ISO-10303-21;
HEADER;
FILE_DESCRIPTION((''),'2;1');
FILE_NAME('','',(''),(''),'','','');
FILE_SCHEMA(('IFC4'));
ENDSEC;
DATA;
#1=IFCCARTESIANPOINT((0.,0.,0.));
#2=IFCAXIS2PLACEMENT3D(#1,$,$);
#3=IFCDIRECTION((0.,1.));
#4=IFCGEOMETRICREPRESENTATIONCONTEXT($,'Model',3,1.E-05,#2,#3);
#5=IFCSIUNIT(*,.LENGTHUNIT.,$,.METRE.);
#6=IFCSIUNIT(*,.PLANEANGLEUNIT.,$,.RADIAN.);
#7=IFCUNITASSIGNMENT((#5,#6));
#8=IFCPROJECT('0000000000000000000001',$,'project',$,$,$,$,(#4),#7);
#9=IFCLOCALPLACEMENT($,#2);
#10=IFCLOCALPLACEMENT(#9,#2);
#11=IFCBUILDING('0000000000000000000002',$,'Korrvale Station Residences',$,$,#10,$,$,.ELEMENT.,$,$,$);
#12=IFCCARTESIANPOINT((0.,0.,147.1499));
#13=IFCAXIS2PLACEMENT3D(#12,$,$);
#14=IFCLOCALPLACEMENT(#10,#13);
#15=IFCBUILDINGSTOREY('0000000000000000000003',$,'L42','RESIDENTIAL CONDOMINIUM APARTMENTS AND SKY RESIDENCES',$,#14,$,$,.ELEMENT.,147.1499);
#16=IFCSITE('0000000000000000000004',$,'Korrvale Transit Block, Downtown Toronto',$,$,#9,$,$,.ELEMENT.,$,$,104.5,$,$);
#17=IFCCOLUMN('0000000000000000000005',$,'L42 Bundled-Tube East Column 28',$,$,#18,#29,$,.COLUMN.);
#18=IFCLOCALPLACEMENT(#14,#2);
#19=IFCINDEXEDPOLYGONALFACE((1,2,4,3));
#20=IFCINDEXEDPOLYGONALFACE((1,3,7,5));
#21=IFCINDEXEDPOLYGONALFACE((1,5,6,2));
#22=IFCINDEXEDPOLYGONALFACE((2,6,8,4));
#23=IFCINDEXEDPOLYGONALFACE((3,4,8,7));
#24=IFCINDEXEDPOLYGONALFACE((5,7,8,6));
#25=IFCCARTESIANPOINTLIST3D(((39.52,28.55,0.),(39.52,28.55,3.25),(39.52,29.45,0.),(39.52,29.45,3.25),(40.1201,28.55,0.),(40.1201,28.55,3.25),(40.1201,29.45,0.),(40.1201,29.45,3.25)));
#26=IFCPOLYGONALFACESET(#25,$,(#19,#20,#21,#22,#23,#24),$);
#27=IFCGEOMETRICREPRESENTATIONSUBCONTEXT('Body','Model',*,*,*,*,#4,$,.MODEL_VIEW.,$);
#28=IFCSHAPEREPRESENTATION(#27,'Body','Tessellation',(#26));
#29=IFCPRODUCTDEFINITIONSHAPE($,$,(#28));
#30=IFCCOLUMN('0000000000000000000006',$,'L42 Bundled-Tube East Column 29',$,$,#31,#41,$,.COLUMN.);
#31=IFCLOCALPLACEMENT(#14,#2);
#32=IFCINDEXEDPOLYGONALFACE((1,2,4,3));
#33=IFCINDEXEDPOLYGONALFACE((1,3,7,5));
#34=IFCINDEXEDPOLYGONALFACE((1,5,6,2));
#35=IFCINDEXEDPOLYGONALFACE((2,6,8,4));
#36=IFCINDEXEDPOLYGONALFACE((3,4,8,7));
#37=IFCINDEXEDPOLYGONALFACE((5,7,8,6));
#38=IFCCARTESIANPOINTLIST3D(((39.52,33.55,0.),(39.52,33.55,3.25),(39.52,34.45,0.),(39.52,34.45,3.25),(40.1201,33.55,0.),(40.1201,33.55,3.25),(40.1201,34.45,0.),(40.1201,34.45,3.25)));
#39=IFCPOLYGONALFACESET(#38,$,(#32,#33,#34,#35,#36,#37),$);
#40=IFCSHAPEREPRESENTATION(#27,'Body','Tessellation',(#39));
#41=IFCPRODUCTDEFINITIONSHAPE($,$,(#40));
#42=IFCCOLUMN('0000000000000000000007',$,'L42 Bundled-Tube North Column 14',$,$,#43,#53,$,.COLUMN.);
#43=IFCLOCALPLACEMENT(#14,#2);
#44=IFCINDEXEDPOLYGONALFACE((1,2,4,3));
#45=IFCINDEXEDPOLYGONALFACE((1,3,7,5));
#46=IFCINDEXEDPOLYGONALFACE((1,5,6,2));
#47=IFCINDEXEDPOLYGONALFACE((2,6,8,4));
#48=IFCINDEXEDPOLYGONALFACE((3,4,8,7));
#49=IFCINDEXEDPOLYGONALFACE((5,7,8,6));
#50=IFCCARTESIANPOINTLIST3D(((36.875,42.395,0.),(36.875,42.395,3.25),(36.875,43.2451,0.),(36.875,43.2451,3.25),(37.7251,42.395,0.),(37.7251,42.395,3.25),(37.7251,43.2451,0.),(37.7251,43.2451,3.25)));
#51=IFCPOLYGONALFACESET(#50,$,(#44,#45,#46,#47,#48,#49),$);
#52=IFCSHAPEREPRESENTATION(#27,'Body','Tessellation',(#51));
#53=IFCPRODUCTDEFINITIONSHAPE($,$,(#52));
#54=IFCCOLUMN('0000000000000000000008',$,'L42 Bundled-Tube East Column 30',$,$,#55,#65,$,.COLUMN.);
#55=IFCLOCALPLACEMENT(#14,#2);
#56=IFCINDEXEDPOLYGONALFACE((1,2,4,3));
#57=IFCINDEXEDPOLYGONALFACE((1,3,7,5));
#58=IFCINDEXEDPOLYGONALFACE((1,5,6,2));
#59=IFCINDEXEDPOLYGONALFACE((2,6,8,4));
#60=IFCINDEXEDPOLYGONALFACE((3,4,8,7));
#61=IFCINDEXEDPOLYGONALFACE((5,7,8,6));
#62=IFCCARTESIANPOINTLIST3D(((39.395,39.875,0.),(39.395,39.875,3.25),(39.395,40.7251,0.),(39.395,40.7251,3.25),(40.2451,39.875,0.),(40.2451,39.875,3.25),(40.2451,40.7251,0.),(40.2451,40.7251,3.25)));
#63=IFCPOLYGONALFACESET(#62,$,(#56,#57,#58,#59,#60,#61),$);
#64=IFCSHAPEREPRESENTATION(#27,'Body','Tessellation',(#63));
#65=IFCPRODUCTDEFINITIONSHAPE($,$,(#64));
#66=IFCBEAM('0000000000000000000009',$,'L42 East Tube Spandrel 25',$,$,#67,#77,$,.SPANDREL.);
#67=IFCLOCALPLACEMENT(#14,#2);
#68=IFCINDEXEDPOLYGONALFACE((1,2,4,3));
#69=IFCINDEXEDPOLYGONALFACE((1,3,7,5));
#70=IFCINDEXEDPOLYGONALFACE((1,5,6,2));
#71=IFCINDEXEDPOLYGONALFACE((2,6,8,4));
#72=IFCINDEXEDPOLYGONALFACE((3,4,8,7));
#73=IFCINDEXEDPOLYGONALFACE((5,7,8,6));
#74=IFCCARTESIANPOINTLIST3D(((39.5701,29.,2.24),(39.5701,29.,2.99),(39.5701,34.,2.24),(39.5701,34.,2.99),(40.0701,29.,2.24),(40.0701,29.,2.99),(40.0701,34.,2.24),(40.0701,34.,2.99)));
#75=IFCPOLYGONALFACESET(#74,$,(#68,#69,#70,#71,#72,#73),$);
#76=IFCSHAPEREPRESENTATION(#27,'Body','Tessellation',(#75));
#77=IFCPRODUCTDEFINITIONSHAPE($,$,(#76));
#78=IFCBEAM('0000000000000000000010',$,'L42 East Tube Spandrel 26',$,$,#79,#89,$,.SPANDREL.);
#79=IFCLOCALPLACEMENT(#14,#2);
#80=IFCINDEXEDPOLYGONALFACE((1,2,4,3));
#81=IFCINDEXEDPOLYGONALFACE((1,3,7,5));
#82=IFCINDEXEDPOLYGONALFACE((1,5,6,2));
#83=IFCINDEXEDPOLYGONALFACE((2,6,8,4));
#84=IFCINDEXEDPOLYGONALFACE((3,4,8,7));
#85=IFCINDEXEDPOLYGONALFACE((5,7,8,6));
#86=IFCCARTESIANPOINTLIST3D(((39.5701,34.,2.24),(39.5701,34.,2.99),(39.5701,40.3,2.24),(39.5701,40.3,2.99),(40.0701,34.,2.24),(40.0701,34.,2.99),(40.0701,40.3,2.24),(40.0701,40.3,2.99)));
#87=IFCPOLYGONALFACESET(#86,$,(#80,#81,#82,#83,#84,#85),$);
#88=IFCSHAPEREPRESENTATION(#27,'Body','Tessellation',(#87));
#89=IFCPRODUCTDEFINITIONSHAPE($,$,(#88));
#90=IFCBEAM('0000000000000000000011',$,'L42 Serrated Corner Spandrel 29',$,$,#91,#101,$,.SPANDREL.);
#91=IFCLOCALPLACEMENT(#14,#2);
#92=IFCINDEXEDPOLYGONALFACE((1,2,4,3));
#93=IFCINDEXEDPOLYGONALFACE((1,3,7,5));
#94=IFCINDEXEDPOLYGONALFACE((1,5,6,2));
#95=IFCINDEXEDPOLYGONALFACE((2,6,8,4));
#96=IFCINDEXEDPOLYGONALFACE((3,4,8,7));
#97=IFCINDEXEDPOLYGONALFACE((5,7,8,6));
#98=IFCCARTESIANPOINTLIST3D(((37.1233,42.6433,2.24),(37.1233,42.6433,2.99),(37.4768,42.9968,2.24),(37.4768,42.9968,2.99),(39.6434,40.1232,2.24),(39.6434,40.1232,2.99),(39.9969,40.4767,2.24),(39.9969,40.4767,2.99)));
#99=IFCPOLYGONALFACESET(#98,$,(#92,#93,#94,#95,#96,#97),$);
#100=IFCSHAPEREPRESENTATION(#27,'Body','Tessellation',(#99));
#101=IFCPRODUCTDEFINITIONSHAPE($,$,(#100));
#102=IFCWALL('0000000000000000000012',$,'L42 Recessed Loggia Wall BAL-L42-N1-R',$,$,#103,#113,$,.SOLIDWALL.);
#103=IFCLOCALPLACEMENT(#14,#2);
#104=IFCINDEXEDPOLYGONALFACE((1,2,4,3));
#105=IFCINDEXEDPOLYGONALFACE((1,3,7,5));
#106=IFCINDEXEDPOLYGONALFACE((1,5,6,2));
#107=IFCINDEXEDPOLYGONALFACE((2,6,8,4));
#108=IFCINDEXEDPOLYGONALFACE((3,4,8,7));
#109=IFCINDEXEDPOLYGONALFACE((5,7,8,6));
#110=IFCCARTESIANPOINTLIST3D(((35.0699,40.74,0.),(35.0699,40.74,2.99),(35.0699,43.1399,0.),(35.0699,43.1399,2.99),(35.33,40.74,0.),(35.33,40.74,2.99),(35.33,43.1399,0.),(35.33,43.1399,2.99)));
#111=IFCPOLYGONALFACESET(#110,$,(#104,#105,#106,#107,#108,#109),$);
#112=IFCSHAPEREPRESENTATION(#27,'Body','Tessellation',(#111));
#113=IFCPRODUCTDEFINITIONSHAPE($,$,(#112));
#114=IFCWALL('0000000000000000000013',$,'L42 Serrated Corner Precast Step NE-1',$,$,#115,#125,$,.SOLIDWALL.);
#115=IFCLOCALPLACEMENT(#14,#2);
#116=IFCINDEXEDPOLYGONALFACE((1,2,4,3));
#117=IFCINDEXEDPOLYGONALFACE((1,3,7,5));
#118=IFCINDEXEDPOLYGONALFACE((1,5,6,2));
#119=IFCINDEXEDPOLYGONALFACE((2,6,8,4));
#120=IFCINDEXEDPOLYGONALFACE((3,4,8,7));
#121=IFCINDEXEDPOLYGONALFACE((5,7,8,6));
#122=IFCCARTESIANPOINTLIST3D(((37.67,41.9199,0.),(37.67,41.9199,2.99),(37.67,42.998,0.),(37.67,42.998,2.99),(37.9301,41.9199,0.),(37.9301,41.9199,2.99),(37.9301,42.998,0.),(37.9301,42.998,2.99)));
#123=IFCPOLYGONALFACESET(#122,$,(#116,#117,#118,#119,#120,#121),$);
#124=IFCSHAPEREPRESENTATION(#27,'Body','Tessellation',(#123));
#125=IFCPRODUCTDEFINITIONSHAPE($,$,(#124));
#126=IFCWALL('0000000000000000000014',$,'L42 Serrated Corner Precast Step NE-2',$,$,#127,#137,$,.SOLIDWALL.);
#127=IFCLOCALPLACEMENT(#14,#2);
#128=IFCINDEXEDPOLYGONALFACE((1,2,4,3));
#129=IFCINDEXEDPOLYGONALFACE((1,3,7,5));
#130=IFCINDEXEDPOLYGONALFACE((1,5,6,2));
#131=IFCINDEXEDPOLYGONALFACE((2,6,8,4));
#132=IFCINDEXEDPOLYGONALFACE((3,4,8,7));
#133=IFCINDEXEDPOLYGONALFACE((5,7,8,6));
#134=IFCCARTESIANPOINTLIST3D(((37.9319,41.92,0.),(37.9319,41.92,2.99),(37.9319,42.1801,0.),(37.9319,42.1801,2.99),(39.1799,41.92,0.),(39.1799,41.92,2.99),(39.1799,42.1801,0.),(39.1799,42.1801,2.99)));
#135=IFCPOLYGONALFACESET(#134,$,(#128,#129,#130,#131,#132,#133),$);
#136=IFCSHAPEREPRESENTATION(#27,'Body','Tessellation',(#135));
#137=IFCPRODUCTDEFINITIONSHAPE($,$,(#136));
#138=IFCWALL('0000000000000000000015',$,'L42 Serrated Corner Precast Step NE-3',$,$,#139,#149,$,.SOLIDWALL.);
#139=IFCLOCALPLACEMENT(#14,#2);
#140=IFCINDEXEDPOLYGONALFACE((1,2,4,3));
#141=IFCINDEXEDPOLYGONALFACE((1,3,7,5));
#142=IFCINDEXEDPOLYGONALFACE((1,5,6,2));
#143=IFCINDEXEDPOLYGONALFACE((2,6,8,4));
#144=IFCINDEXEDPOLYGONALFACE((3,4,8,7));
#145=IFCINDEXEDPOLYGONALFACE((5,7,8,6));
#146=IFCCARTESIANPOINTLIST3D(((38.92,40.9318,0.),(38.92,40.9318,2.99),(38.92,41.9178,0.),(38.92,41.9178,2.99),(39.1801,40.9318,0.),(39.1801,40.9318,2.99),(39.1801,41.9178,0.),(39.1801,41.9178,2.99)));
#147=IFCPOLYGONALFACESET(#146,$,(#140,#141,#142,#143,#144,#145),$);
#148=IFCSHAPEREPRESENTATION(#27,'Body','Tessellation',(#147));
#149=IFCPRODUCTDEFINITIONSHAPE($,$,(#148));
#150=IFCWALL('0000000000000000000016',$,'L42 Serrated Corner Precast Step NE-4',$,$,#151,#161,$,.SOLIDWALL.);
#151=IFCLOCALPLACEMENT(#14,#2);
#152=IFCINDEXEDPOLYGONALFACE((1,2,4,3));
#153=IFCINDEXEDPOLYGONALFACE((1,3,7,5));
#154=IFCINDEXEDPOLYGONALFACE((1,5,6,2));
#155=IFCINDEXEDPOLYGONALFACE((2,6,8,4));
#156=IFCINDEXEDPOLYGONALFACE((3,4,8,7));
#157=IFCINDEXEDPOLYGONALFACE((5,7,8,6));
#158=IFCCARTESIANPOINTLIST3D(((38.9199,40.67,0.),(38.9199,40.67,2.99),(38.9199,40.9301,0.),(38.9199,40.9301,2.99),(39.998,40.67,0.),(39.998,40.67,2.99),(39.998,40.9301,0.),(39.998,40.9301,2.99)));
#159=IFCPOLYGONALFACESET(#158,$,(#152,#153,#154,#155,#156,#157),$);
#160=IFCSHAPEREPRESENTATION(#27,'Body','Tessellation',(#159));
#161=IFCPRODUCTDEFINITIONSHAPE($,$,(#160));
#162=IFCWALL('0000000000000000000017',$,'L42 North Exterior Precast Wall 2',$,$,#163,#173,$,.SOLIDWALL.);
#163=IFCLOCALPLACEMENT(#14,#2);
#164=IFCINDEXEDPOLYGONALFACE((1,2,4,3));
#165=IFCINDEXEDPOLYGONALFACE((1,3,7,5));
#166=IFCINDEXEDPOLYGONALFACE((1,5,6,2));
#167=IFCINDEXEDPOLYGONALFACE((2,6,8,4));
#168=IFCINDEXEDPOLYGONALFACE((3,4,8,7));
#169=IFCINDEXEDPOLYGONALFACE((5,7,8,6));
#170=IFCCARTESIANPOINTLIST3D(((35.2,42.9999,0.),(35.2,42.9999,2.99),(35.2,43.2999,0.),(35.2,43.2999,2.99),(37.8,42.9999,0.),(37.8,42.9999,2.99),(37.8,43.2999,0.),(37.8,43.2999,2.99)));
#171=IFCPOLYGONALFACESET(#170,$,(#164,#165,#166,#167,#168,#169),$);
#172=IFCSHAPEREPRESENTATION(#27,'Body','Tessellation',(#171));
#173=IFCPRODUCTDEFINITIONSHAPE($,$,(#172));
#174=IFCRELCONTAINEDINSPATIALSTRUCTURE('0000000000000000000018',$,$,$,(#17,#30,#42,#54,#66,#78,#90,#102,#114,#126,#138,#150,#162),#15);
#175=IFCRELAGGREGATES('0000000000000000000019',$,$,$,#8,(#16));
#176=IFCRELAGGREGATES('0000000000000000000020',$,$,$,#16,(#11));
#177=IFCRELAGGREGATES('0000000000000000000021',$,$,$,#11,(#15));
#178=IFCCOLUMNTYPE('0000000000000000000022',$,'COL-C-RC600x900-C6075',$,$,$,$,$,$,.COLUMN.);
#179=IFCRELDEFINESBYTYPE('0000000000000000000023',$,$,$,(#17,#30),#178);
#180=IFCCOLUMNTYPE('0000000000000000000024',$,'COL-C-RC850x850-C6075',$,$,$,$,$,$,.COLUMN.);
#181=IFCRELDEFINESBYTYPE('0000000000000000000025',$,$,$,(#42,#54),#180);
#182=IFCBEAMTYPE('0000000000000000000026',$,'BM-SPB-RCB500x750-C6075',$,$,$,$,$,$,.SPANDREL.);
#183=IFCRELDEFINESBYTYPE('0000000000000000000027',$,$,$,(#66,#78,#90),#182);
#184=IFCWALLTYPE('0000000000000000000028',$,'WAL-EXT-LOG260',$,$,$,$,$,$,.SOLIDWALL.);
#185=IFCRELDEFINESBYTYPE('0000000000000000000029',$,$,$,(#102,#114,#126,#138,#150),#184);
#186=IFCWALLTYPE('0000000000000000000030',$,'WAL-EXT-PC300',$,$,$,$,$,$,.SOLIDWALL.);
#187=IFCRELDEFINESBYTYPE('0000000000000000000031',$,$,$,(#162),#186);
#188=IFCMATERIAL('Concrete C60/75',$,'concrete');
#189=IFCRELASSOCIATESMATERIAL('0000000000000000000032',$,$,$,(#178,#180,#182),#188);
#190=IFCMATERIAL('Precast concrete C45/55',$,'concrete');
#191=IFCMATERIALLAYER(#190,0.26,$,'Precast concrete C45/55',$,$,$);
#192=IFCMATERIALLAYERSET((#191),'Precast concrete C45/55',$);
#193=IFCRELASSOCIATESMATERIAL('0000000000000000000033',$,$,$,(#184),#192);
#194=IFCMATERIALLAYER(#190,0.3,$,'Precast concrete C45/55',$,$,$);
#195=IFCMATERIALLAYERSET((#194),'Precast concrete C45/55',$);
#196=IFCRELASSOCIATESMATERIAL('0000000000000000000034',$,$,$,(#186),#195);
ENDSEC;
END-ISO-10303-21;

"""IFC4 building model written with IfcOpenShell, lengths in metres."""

from ifc_helpers import new_model, si_unit, direction, frame, frame_2d, origin, origin_2d, place, context, subcontext, project, spatial, rectangle, extrude, material, layer, layer_set, material_profile, profile_set, type_object, element, save


model = new_model("IFC4")

# Units and contexts
model_context = context("Model", 3, precision=1e-05, world=origin(), true_north=direction((0.0, 1.0)))
body_context = subcontext(model_context, "Body", "Model", "MODEL_VIEW")
ifc_project = project(units=[si_unit("LENGTHUNIT", "METRE"), si_unit("PLANEANGLEUNIT", "RADIAN")], contexts=[model_context])

# Site, building, storey
site_placement = place(None, origin())
site = spatial("IfcSite", under=ifc_project, at=site_placement, Name="Korrvale Transit Block, Downtown Toronto", CompositionType="ELEMENT", RefElevation=104.5)
building_placement = place(site_placement, origin())
building = spatial("IfcBuilding", under=site, at=building_placement, Name="Korrvale Station Residences", CompositionType="ELEMENT")
storey_placement = place(building_placement, frame((0.0, 0.0, 147.1499)))
storey = spatial("IfcBuildingStorey", under=building, at=storey_placement, Name="L42", Description="RESIDENTIAL CONDOMINIUM APARTMENTS AND SKY RESIDENCES", CompositionType="ELEMENT", Elevation=147.1499)

# Columns
ifc_material_1 = material(Name="Concrete C60/75", Category="concrete")
ifc_material_profile_1 = material_profile(ifc_material_1, rectangle(XDim=0.6001, YDim=0.8999, at=origin_2d()), Name="RC600x900")
ifc_profile_set_1 = profile_set([ifc_material_profile_1], Name="Concrete C60/75")
column_type_1 = type_object("IfcColumnType", Name="COL-C-RC600x900-C6075", PredefinedType="COLUMN", material=ifc_profile_set_1)
for number, where, z_axis, x_axis, name in (
    (1, (39.8201, 29.0, 0.0), (0.0, 0.0, 1.0), (1.0, 0.0, 0.0), "L42 Bundled-Tube East Column 28"),
    (2, (39.8201, 34.0, 0.0), (0.0, 0.0, 1.0), (1.0, 0.0, 0.0), "L42 Bundled-Tube East Column 29"),
):
    element("IfcColumn", number, at=place(storey_placement, frame(where, z_axis=z_axis, x_axis=x_axis)), inside=storey, type_object=column_type_1, Name=name, PredefinedType="COLUMN", context=body_context, shape_type="SweptSolid", body=[
        extrude(rectangle(XDim=0.6001, YDim=0.8999, at=origin_2d()), origin(), (0.0, 0.0, 1.0), 3.25),
    ])
ifc_material_profile_2 = material_profile(ifc_material_1, rectangle(XDim=0.8501, YDim=0.8501, at=origin_2d()), Name="RC850x850")
ifc_profile_set_2 = profile_set([ifc_material_profile_2], Name="Concrete C60/75")
column_type_2 = type_object("IfcColumnType", Name="COL-C-RC850x850-C6075", PredefinedType="COLUMN", material=ifc_profile_set_2)
for number, where, z_axis, x_axis, name in (
    (3, (37.3, 42.8201, 0.0), (0.0, 0.0, 1.0), (1.0, 0.0, 0.0), "L42 Bundled-Tube North Column 14"),
    (4, (39.8201, 40.3, 0.0), (0.0, 0.0, 1.0), (1.0, 0.0, 0.0), "L42 Bundled-Tube East Column 30"),
):
    element("IfcColumn", number, at=place(storey_placement, frame(where, z_axis=z_axis, x_axis=x_axis)), inside=storey, type_object=column_type_2, Name=name, PredefinedType="COLUMN", context=body_context, shape_type="SweptSolid", body=[
        extrude(rectangle(XDim=0.8501, YDim=0.8501, at=origin_2d()), origin(), (0.0, 0.0, 1.0), 3.25),
    ])

# Beams
ifc_material_profile_3 = material_profile(ifc_material_1, rectangle(XDim=0.5, YDim=0.75, at=origin_2d()), Name="RCB500x750")
ifc_profile_set_3 = profile_set([ifc_material_profile_3], Name="Concrete C60/75")
beam_type = type_object("IfcBeamType", Name="BM-SPB-RCB500x750-C6075", PredefinedType="SPANDREL", material=ifc_profile_set_3)
beam_1_placement = place(storey_placement, frame((39.8201, 29.0, 2.615), z_axis=(0.0, 1.0, 0.0), x_axis=(-1.0, 0.0, 0.0)))
element("IfcBeam", 5, at=beam_1_placement, inside=storey, type_object=beam_type, Name="L42 East Tube Spandrel 25", PredefinedType="SPANDREL", context=body_context, shape_type="SweptSolid", body=[
    extrude(rectangle(XDim=0.5, YDim=0.75, at=origin_2d()), origin(), (0.0, 0.0, 1.0), 5.0),
])
beam_2_placement = place(storey_placement, frame((39.8201, 34.0, 2.615), z_axis=(0.0, 1.0, 0.0), x_axis=(-1.0, 0.0, 0.0)))
element("IfcBeam", 6, at=beam_2_placement, inside=storey, type_object=beam_type, Name="L42 East Tube Spandrel 26", PredefinedType="SPANDREL", context=body_context, shape_type="SweptSolid", body=[
    extrude(rectangle(XDim=0.5, YDim=0.75, at=origin_2d()), origin(), (0.0, 0.0, 1.0), 6.3),
])
beam_3_placement = place(storey_placement, frame((37.3, 42.8201, 2.615), z_axis=(0.707107, -0.707107, 0.0), x_axis=(0.707107, 0.707107, 0.0)))
element("IfcBeam", 7, at=beam_3_placement, inside=storey, type_object=beam_type, Name="L42 Serrated Corner Spandrel 29", PredefinedType="SPANDREL", context=body_context, shape_type="SweptSolid", body=[
    extrude(rectangle(XDim=0.5, YDim=0.75, at=origin_2d()), origin(), (0.0, 0.0, 1.0), 3.564),
])

# Walls
ifc_material_2 = material(Name="Precast concrete C45/55", Category="concrete")
ifc_layer_1 = layer(ifc_material_2, 0.26, Name="Precast concrete C45/55")
ifc_layer_set_1 = layer_set([ifc_layer_1], Name="Precast concrete C45/55")
wall_type_1 = type_object("IfcWallType", Name="WAL-EXT-LOG260", PredefinedType="SOLIDWALL", material=ifc_layer_set_1)
wall_1_placement = place(storey_placement, frame((35.2, 40.74, 0.0), z_axis=(0.0, 0.0, 1.0), x_axis=(0.0, 1.0, 0.0)))
element("IfcWall", 8, at=wall_1_placement, inside=storey, type_object=wall_type_1, Name="L42 Recessed Loggia Wall BAL-L42-N1-R", PredefinedType="SOLIDWALL", context=body_context, shape_type="SweptSolid", body=[
    extrude(rectangle(XDim=2.3999, YDim=0.26, at=frame_2d((1.2, 0.0))), origin(), (0.0, 0.0, 1.0), 2.99),
])
wall_2_placement = place(storey_placement, frame((37.8, 42.998, 0.0), z_axis=(0.0, 0.0, 1.0), x_axis=(0.0, -1.0, 0.0)))
element("IfcWall", 9, at=wall_2_placement, inside=storey, type_object=wall_type_1, Name="L42 Serrated Corner Precast Step NE-1", PredefinedType="SOLIDWALL", context=body_context, shape_type="SweptSolid", body=[
    extrude(rectangle(XDim=1.0781, YDim=0.26, at=frame_2d((0.5391, 0.0))), origin(), (0.0, 0.0, 1.0), 2.99),
])
wall_3_placement = place(storey_placement, frame((37.9319, 42.05, 0.0), z_axis=(0.0, 0.0, 1.0), x_axis=(1.0, 0.0, 0.0)))
element("IfcWall", 10, at=wall_3_placement, inside=storey, type_object=wall_type_1, Name="L42 Serrated Corner Precast Step NE-2", PredefinedType="SOLIDWALL", context=body_context, shape_type="SweptSolid", body=[
    extrude(rectangle(XDim=1.248, YDim=0.26, at=frame_2d((0.624, 0.0))), origin(), (0.0, 0.0, 1.0), 2.99),
])
wall_4_placement = place(storey_placement, frame((39.05, 41.918, 0.0), z_axis=(0.0, 0.0, 1.0), x_axis=(0.0, -1.0, 0.0)))
element("IfcWall", 11, at=wall_4_placement, inside=storey, type_object=wall_type_1, Name="L42 Serrated Corner Precast Step NE-3", PredefinedType="SOLIDWALL", context=body_context, shape_type="SweptSolid", body=[
    extrude(rectangle(XDim=0.9861, YDim=0.26, at=frame_2d((0.4932, 0.0))), origin(), (0.0, 0.0, 1.0), 2.99),
])
wall_5_placement = place(storey_placement, frame((38.9199, 40.8, 0.0), z_axis=(0.0, 0.0, 1.0), x_axis=(1.0, 0.0, 0.0)))
element("IfcWall", 12, at=wall_5_placement, inside=storey, type_object=wall_type_1, Name="L42 Serrated Corner Precast Step NE-4", PredefinedType="SOLIDWALL", context=body_context, shape_type="SweptSolid", body=[
    extrude(rectangle(XDim=1.0781, YDim=0.26, at=frame_2d((0.5391, 0.0))), origin(), (0.0, 0.0, 1.0), 2.99),
])
ifc_layer_2 = layer(ifc_material_2, 0.3, Name="Precast concrete C45/55")
ifc_layer_set_2 = layer_set([ifc_layer_2], Name="Precast concrete C45/55")
wall_type_2 = type_object("IfcWallType", Name="WAL-EXT-PC300", PredefinedType="SOLIDWALL", material=ifc_layer_set_2)
wall_6_placement = place(storey_placement, frame((35.2, 43.1499, 0.0), z_axis=(0.0, 0.0, 1.0), x_axis=(1.0, 0.0, 0.0)))
element("IfcWall", 13, at=wall_6_placement, inside=storey, type_object=wall_type_2, Name="L42 North Exterior Precast Wall 2", PredefinedType="SOLIDWALL", context=body_context, shape_type="SweptSolid", body=[
    extrude(rectangle(XDim=2.6001, YDim=0.3, at=frame_2d((1.3, 0.0))), origin(), (0.0, 0.0, 1.0), 2.99),
])

save(model, "model.ifc")
